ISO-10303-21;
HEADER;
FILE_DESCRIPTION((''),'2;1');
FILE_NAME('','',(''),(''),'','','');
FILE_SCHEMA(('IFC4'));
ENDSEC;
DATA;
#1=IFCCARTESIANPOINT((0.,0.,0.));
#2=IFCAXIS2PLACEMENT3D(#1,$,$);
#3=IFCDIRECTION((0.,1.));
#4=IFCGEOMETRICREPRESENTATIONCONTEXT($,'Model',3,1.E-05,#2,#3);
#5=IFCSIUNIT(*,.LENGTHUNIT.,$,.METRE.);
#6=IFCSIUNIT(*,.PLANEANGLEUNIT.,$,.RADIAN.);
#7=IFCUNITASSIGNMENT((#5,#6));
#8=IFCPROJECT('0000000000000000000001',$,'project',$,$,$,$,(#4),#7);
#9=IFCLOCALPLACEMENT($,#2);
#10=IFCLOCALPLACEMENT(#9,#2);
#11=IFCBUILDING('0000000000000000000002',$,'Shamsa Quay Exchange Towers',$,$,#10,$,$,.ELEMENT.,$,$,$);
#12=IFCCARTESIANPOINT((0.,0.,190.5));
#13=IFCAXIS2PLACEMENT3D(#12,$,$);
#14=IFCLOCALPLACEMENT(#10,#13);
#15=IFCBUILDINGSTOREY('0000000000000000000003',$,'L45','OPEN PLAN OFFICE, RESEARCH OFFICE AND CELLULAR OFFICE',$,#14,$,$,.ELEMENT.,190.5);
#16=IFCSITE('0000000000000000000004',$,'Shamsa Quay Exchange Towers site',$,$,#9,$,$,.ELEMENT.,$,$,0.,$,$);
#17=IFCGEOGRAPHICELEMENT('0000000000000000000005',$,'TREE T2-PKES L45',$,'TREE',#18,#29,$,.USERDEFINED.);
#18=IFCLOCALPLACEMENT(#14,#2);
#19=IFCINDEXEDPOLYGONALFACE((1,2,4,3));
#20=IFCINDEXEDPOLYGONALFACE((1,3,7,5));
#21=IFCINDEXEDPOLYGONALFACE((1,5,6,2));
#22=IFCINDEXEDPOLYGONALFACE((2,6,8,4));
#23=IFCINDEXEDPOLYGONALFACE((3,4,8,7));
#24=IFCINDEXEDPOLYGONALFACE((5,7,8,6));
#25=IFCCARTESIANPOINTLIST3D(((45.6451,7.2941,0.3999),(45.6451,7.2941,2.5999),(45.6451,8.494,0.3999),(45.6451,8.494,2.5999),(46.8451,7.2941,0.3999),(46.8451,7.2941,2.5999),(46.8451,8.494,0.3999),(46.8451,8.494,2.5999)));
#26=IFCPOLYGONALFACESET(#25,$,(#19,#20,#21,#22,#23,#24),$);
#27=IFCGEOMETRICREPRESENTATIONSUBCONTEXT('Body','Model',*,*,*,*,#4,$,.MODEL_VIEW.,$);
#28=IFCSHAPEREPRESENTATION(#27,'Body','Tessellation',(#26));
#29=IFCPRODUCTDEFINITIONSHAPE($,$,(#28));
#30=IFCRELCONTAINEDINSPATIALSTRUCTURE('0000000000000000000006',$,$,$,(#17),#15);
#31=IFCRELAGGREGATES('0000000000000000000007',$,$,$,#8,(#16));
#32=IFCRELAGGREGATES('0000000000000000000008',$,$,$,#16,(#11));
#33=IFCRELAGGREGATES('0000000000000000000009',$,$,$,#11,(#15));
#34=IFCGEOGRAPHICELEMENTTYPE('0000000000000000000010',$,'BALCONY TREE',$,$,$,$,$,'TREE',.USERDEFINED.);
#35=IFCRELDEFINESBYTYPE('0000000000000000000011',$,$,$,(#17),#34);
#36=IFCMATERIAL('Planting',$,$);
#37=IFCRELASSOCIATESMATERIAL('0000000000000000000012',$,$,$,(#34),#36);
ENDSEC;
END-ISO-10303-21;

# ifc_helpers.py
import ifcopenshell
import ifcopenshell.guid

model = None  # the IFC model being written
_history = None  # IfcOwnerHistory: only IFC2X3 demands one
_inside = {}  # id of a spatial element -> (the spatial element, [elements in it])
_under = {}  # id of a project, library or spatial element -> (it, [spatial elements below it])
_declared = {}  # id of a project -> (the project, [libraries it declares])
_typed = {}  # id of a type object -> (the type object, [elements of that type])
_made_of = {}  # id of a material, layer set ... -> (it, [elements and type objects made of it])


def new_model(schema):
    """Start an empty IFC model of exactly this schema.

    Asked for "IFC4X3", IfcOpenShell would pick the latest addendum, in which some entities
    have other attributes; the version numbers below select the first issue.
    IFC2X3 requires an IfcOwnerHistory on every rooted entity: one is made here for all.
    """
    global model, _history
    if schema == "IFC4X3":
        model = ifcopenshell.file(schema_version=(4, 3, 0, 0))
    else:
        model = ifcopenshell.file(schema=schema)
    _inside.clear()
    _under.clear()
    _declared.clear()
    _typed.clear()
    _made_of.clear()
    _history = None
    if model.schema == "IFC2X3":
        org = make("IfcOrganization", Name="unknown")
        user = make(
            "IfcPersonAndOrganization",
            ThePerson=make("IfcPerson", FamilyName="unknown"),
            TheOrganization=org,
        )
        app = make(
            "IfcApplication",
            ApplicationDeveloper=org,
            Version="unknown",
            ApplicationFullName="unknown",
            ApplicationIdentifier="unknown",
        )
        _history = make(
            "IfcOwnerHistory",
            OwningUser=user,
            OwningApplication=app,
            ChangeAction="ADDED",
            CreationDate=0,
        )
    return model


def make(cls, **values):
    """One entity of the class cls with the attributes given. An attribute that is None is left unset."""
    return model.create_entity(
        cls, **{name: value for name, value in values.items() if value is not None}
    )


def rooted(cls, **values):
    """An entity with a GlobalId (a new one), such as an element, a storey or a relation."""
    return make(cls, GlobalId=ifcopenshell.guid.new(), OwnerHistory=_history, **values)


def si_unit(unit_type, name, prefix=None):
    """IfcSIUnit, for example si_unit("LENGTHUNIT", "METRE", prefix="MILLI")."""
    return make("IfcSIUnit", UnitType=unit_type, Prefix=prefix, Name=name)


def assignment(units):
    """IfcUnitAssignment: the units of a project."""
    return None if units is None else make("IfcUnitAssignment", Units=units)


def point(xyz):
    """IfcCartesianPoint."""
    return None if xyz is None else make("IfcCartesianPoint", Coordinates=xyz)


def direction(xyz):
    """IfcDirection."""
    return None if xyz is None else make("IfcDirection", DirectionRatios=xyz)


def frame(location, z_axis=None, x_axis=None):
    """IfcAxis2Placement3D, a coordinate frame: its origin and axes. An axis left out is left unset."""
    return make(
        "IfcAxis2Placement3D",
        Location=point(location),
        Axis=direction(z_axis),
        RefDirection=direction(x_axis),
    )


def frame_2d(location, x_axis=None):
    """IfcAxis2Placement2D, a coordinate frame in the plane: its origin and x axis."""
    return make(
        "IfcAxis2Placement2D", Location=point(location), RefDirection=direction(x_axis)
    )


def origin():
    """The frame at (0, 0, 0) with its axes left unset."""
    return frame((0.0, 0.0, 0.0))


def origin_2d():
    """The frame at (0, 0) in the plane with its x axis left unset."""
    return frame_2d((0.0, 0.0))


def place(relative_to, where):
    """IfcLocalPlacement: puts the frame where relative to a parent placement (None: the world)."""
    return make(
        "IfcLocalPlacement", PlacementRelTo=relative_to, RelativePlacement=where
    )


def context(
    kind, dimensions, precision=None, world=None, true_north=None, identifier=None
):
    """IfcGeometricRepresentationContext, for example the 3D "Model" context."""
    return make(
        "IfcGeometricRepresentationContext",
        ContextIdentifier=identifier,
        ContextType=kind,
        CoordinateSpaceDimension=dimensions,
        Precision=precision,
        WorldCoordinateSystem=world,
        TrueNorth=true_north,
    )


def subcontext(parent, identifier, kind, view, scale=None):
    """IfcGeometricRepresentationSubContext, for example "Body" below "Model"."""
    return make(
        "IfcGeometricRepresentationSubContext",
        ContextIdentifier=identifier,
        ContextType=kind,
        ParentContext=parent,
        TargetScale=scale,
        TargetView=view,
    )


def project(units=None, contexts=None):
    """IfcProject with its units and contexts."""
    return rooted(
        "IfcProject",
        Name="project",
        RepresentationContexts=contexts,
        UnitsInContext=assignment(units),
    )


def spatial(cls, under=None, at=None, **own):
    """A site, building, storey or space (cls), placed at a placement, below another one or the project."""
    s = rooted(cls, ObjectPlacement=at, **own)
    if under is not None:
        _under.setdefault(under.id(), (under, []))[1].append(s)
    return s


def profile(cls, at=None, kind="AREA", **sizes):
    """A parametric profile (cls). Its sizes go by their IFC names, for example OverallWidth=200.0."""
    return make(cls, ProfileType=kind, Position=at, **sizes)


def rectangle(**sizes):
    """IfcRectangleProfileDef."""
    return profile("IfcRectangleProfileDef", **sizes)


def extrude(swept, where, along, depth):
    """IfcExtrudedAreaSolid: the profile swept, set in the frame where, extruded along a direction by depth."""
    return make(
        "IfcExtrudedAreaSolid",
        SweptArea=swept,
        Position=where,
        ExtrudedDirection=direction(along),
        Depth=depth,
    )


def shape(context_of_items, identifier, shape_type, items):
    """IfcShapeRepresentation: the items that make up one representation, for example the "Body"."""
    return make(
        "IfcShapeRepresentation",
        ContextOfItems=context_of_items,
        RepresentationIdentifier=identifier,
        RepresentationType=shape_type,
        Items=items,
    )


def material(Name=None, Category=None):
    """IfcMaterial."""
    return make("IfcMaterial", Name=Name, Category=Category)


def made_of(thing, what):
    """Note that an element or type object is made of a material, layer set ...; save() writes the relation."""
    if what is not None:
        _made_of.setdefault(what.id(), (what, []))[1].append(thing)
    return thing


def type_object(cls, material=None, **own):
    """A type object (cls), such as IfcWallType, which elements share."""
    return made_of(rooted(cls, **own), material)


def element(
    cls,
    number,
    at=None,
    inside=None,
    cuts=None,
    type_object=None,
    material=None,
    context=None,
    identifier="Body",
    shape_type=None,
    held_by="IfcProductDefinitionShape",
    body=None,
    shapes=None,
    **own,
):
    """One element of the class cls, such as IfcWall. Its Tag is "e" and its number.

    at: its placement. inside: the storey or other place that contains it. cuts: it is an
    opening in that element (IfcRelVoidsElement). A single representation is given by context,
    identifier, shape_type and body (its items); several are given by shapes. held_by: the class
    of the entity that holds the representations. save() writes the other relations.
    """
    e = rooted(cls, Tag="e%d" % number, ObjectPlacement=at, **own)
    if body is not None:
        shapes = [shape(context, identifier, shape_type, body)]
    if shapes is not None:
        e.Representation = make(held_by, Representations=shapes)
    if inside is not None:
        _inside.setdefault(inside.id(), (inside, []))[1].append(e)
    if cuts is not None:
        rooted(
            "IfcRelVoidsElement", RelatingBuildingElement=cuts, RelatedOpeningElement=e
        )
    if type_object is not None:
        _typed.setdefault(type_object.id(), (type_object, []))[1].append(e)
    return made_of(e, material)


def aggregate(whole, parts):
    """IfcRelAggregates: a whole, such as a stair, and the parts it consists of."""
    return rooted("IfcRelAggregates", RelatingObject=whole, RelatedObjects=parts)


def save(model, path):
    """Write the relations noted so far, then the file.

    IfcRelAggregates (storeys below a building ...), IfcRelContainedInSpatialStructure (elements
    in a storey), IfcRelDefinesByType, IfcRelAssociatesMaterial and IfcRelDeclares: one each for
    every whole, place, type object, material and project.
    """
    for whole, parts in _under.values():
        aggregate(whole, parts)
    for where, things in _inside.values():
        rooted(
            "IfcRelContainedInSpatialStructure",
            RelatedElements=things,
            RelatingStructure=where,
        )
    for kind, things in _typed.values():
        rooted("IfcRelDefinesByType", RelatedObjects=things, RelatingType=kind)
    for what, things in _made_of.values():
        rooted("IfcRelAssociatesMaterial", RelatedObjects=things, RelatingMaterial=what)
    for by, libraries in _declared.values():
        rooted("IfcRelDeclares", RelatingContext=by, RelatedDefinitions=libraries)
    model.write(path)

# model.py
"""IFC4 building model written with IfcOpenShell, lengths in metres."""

from ifc_helpers import new_model, si_unit, direction, frame, origin, origin_2d, place, context, subcontext, project, spatial, rectangle, extrude, material, type_object, element, save


model = new_model("IFC4")

# Units and contexts
model_context = context("Model", 3, precision=1e-05, world=origin(), true_north=direction((0.0, 1.0)))
body_context = subcontext(model_context, "Body", "Model", "MODEL_VIEW")
ifc_project = project(units=[si_unit("LENGTHUNIT", "METRE"), si_unit("PLANEANGLEUNIT", "RADIAN")], contexts=[model_context])

# Site, building, storey
site_placement = place(None, origin())
site = spatial("IfcSite", under=ifc_project, at=site_placement, Name="Shamsa Quay Exchange Towers site", CompositionType="ELEMENT", RefElevation=0.0)
building_placement = place(site_placement, origin())
building = spatial("IfcBuilding", under=site, at=building_placement, Name="Shamsa Quay Exchange Towers", CompositionType="ELEMENT")
storey_placement = place(building_placement, frame((0.0, 0.0, 190.5)))
storey = spatial("IfcBuildingStorey", under=building, at=storey_placement, Name="L45", Description="OPEN PLAN OFFICE, RESEARCH OFFICE AND CELLULAR OFFICE", CompositionType="ELEMENT", Elevation=190.5)

# Geographic element
ifc_material_1 = material(Name="Planting")
geographic_element_type = type_object("IfcGeographicElementType", Name="BALCONY TREE", ElementType="TREE", PredefinedType="USERDEFINED", material=ifc_material_1)
geographic_element_placement = place(storey_placement, frame((46.2451, 7.894, 0.3999), z_axis=(0.0, 0.0, 1.0), x_axis=(0.0, 1.0, 0.0)))
element("IfcGeographicElement", 1, at=geographic_element_placement, inside=storey, type_object=geographic_element_type, Name="TREE T2-PKES L45", ObjectType="TREE", PredefinedType="USERDEFINED", context=body_context, shape_type="SweptSolid", body=[
    extrude(rectangle(XDim=1.2, YDim=1.2, at=origin_2d()), origin(), (0.0, 0.0, 1.0), 2.2),
])

save(model, "model.ifc")
